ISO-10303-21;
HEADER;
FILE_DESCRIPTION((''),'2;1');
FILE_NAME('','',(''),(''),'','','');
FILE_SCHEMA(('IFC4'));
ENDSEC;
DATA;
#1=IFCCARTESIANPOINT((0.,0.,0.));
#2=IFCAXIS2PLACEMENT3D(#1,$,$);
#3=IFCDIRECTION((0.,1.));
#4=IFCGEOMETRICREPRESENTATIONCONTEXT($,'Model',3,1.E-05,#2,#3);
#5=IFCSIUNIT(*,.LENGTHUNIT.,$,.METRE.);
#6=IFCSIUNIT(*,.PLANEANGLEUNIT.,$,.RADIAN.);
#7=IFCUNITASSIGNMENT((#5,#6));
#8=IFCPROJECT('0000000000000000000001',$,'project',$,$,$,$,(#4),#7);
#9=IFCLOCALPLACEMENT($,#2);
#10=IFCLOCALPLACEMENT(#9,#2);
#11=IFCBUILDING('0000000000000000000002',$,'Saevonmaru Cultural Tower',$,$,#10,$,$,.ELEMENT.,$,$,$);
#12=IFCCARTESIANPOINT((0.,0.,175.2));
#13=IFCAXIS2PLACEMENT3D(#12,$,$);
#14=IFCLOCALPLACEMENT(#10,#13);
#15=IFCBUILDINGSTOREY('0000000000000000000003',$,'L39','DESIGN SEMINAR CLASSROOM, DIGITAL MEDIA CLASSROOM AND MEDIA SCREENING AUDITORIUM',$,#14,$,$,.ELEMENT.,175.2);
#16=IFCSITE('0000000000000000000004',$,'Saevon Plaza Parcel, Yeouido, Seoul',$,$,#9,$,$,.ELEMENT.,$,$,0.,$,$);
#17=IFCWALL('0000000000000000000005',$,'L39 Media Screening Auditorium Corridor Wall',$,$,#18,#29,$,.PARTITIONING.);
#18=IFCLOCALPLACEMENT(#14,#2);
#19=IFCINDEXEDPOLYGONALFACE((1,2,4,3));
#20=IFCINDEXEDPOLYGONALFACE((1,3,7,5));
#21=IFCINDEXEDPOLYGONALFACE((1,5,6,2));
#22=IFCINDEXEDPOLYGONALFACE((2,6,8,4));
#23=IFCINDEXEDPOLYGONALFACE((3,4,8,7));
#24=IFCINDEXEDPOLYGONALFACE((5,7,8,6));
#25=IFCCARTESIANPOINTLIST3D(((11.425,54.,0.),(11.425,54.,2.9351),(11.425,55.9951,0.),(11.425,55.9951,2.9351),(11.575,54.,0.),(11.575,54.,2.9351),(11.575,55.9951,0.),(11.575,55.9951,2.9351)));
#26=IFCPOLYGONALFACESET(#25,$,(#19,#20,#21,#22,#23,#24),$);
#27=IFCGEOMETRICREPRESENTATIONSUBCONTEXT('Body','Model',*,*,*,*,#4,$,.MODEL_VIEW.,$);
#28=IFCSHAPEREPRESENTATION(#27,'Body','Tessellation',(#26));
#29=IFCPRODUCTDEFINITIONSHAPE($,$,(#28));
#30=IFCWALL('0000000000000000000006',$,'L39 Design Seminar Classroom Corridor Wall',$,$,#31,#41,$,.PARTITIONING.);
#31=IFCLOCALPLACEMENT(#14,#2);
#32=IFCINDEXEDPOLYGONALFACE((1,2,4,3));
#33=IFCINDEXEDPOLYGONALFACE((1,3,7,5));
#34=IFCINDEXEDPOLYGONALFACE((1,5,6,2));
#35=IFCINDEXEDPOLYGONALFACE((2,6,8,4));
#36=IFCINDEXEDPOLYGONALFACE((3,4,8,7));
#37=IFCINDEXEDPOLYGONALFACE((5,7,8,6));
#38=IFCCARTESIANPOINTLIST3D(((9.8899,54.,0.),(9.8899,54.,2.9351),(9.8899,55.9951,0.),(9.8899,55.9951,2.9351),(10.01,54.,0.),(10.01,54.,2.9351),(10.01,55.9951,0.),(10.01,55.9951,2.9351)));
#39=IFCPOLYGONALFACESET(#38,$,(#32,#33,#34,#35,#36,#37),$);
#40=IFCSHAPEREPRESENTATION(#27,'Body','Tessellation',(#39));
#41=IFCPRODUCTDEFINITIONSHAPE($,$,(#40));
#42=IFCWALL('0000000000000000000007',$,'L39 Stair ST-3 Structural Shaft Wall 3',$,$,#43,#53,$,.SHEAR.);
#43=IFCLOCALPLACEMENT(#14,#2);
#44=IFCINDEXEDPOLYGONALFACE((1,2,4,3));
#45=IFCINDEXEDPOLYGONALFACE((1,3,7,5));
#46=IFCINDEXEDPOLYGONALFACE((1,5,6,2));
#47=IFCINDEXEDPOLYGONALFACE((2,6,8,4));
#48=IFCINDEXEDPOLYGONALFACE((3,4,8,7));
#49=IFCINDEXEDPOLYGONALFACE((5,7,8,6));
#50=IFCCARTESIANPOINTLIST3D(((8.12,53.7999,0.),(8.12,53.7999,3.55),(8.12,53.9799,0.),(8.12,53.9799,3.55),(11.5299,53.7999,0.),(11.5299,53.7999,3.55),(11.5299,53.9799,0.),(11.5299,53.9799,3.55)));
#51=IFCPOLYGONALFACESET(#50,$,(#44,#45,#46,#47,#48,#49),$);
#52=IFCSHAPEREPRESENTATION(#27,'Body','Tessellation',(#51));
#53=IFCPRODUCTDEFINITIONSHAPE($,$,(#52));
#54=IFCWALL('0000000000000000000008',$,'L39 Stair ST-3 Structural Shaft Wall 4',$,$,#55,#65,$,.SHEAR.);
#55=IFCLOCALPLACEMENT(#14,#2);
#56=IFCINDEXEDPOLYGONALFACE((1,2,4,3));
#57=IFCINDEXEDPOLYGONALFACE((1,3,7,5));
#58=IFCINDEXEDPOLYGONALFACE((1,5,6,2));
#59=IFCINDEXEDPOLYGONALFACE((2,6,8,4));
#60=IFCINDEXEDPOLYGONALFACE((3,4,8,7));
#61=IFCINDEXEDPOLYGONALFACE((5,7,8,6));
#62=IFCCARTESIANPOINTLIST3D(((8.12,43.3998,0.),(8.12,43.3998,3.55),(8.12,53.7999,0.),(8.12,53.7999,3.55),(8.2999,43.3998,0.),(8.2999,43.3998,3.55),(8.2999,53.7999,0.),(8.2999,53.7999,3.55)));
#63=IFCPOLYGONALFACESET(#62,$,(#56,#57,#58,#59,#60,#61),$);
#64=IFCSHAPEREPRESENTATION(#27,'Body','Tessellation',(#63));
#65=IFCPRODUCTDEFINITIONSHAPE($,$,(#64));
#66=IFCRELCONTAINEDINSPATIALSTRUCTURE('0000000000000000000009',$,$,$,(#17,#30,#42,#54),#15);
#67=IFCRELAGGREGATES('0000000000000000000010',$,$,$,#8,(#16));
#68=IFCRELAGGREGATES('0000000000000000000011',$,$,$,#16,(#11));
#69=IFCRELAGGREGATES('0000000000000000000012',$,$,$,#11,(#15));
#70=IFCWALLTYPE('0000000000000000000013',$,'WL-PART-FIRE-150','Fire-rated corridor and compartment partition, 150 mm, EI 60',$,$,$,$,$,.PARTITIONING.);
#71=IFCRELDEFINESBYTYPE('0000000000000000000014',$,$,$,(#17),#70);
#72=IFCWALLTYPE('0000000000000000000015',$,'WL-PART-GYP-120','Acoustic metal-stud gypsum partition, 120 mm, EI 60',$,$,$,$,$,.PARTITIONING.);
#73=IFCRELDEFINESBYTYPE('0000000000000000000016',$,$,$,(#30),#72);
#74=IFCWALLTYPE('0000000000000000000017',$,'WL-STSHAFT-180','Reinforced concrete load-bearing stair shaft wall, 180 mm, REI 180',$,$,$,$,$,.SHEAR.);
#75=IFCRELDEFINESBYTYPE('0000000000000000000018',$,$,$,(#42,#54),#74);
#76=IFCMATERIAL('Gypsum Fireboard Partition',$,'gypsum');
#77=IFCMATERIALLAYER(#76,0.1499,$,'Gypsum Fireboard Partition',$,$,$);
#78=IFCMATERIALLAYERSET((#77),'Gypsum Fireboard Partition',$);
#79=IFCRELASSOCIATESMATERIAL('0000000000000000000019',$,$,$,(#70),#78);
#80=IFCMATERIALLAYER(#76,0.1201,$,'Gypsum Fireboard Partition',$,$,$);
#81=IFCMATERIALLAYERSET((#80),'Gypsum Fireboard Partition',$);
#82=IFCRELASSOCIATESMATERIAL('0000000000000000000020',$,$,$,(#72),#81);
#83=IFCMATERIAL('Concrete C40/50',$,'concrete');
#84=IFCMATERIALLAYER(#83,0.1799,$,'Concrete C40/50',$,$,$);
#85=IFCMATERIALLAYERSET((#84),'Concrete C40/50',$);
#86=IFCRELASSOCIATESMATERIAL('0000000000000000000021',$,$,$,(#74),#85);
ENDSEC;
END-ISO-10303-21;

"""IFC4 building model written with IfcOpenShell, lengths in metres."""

from ifc_helpers import new_model, si_unit, direction, frame, frame_2d, origin, place, context, subcontext, project, spatial, rectangle, extrude, material, layer, layer_set, type_object, element, save


model = new_model("IFC4")

# Units and contexts
model_context = context("Model", 3, precision=1e-05, world=origin(), true_north=direction((0.0, 1.0)))
body_context = subcontext(model_context, "Body", "Model", "MODEL_VIEW")
ifc_project = project(units=[si_unit("LENGTHUNIT", "METRE"), si_unit("PLANEANGLEUNIT", "RADIAN")], contexts=[model_context])

# Site, building, storey
site_placement = place(None, origin())
site = spatial("IfcSite", under=ifc_project, at=site_placement, Name="Saevon Plaza Parcel, Yeouido, Seoul", CompositionType="ELEMENT", RefElevation=0.0)
building_placement = place(site_placement, origin())
building = spatial("IfcBuilding", under=site, at=building_placement, Name="Saevonmaru Cultural Tower", CompositionType="ELEMENT")
storey_placement = place(building_placement, frame((0.0, 0.0, 175.2)))
storey = spatial("IfcBuildingStorey", under=building, at=storey_placement, Name="L39", Description="DESIGN SEMINAR CLASSROOM, DIGITAL MEDIA CLASSROOM AND MEDIA SCREENING AUDITORIUM", CompositionType="ELEMENT", Elevation=175.2)

# Walls
ifc_material_1 = material(Name="Gypsum Fireboard Partition", Category="gypsum")
ifc_layer_1 = layer(ifc_material_1, 0.1499, Name="Gypsum Fireboard Partition")
ifc_layer_set_1 = layer_set([ifc_layer_1], Name="Gypsum Fireboard Partition")
wall_type_1 = type_object("IfcWallType", Name="WL-PART-FIRE-150", Description="Fire-rated corridor and compartment partition, 150 mm, EI 60", PredefinedType="PARTITIONING", material=ifc_layer_set_1)
wall_1_placement = place(storey_placement, frame((11.5, 54.0, 0.0), z_axis=(0.0, 0.0, 1.0), x_axis=(0.0, 1.0, 0.0)))
element("IfcWall", 1, at=wall_1_placement, inside=storey, type_object=wall_type_1, Name="L39 Media Screening Auditorium Corridor Wall", PredefinedType="PARTITIONING", context=body_context, shape_type="SweptSolid", body=[
    extrude(rectangle(XDim=1.9951, YDim=0.1499, at=frame_2d((0.9976, 0.0))), origin(), (0.0, 0.0, 1.0), 2.9351),
])
ifc_layer_2 = layer(ifc_material_1, 0.1201, Name="Gypsum Fireboard Partition")
ifc_layer_set_2 = layer_set([ifc_layer_2], Name="Gypsum Fireboard Partition")
wall_type_2 = type_object("IfcWallType", Name="WL-PART-GYP-120", Description="Acoustic metal-stud gypsum partition, 120 mm, EI 60", PredefinedType="PARTITIONING", material=ifc_layer_set_2)
wall_2_placement = place(storey_placement, frame((9.95, 54.0, 0.0), z_axis=(0.0, 0.0, 1.0), x_axis=(0.0, 1.0, 0.0)))
element("IfcWall", 2, at=wall_2_placement, inside=storey, type_object=wall_type_2, Name="L39 Design Seminar Classroom Corridor Wall", PredefinedType="PARTITIONING", context=body_context, shape_type="SweptSolid", body=[
    extrude(rectangle(XDim=1.9951, YDim=0.1201, at=frame_2d((0.9976, 0.0))), origin(), (0.0, 0.0, 1.0), 2.9351),
])
ifc_material_2 = material(Name="Concrete C40/50", Category="concrete")
ifc_layer_3 = layer(ifc_material_2, 0.1799, Name="Concrete C40/50")
ifc_layer_set_3 = layer_set([ifc_layer_3], Name="Concrete C40/50")
wall_type_3 = type_object("IfcWallType", Name="WL-STSHAFT-180", Description="Reinforced concrete load-bearing stair shaft wall, 180 mm, REI 180", PredefinedType="SHEAR", material=ifc_layer_set_3)
wall_3_placement = place(storey_placement, frame((11.53, 53.8899, 0.0), z_axis=(0.0, 0.0, 1.0), x_axis=(-1.0, 0.0, 0.0)))
element("IfcWall", 3, at=wall_3_placement, inside=storey, type_object=wall_type_3, Name="L39 Stair ST-3 Structural Shaft Wall 3", PredefinedType="SHEAR", context=body_context, shape_type="SweptSolid", body=[
    extrude(rectangle(XDim=3.4099, YDim=0.1799, at=frame_2d((1.7051, 0.0))), origin(), (0.0, 0.0, 1.0), 3.55),
])
wall_4_placement = place(storey_placement, frame((8.21, 53.8, 0.0), z_axis=(0.0, 0.0, 1.0), x_axis=(0.0, -1.0, 0.0)))
element("IfcWall", 4, at=wall_4_placement, inside=storey, type_object=wall_type_3, Name="L39 Stair ST-3 Structural Shaft Wall 4", PredefinedType="SHEAR", context=body_context, shape_type="SweptSolid", body=[
    extrude(rectangle(XDim=10.4001, YDim=0.1799, at=frame_2d((5.2002, 0.0))), origin(), (0.0, 0.0, 1.0), 3.55),
])

save(model, "model.ifc")
